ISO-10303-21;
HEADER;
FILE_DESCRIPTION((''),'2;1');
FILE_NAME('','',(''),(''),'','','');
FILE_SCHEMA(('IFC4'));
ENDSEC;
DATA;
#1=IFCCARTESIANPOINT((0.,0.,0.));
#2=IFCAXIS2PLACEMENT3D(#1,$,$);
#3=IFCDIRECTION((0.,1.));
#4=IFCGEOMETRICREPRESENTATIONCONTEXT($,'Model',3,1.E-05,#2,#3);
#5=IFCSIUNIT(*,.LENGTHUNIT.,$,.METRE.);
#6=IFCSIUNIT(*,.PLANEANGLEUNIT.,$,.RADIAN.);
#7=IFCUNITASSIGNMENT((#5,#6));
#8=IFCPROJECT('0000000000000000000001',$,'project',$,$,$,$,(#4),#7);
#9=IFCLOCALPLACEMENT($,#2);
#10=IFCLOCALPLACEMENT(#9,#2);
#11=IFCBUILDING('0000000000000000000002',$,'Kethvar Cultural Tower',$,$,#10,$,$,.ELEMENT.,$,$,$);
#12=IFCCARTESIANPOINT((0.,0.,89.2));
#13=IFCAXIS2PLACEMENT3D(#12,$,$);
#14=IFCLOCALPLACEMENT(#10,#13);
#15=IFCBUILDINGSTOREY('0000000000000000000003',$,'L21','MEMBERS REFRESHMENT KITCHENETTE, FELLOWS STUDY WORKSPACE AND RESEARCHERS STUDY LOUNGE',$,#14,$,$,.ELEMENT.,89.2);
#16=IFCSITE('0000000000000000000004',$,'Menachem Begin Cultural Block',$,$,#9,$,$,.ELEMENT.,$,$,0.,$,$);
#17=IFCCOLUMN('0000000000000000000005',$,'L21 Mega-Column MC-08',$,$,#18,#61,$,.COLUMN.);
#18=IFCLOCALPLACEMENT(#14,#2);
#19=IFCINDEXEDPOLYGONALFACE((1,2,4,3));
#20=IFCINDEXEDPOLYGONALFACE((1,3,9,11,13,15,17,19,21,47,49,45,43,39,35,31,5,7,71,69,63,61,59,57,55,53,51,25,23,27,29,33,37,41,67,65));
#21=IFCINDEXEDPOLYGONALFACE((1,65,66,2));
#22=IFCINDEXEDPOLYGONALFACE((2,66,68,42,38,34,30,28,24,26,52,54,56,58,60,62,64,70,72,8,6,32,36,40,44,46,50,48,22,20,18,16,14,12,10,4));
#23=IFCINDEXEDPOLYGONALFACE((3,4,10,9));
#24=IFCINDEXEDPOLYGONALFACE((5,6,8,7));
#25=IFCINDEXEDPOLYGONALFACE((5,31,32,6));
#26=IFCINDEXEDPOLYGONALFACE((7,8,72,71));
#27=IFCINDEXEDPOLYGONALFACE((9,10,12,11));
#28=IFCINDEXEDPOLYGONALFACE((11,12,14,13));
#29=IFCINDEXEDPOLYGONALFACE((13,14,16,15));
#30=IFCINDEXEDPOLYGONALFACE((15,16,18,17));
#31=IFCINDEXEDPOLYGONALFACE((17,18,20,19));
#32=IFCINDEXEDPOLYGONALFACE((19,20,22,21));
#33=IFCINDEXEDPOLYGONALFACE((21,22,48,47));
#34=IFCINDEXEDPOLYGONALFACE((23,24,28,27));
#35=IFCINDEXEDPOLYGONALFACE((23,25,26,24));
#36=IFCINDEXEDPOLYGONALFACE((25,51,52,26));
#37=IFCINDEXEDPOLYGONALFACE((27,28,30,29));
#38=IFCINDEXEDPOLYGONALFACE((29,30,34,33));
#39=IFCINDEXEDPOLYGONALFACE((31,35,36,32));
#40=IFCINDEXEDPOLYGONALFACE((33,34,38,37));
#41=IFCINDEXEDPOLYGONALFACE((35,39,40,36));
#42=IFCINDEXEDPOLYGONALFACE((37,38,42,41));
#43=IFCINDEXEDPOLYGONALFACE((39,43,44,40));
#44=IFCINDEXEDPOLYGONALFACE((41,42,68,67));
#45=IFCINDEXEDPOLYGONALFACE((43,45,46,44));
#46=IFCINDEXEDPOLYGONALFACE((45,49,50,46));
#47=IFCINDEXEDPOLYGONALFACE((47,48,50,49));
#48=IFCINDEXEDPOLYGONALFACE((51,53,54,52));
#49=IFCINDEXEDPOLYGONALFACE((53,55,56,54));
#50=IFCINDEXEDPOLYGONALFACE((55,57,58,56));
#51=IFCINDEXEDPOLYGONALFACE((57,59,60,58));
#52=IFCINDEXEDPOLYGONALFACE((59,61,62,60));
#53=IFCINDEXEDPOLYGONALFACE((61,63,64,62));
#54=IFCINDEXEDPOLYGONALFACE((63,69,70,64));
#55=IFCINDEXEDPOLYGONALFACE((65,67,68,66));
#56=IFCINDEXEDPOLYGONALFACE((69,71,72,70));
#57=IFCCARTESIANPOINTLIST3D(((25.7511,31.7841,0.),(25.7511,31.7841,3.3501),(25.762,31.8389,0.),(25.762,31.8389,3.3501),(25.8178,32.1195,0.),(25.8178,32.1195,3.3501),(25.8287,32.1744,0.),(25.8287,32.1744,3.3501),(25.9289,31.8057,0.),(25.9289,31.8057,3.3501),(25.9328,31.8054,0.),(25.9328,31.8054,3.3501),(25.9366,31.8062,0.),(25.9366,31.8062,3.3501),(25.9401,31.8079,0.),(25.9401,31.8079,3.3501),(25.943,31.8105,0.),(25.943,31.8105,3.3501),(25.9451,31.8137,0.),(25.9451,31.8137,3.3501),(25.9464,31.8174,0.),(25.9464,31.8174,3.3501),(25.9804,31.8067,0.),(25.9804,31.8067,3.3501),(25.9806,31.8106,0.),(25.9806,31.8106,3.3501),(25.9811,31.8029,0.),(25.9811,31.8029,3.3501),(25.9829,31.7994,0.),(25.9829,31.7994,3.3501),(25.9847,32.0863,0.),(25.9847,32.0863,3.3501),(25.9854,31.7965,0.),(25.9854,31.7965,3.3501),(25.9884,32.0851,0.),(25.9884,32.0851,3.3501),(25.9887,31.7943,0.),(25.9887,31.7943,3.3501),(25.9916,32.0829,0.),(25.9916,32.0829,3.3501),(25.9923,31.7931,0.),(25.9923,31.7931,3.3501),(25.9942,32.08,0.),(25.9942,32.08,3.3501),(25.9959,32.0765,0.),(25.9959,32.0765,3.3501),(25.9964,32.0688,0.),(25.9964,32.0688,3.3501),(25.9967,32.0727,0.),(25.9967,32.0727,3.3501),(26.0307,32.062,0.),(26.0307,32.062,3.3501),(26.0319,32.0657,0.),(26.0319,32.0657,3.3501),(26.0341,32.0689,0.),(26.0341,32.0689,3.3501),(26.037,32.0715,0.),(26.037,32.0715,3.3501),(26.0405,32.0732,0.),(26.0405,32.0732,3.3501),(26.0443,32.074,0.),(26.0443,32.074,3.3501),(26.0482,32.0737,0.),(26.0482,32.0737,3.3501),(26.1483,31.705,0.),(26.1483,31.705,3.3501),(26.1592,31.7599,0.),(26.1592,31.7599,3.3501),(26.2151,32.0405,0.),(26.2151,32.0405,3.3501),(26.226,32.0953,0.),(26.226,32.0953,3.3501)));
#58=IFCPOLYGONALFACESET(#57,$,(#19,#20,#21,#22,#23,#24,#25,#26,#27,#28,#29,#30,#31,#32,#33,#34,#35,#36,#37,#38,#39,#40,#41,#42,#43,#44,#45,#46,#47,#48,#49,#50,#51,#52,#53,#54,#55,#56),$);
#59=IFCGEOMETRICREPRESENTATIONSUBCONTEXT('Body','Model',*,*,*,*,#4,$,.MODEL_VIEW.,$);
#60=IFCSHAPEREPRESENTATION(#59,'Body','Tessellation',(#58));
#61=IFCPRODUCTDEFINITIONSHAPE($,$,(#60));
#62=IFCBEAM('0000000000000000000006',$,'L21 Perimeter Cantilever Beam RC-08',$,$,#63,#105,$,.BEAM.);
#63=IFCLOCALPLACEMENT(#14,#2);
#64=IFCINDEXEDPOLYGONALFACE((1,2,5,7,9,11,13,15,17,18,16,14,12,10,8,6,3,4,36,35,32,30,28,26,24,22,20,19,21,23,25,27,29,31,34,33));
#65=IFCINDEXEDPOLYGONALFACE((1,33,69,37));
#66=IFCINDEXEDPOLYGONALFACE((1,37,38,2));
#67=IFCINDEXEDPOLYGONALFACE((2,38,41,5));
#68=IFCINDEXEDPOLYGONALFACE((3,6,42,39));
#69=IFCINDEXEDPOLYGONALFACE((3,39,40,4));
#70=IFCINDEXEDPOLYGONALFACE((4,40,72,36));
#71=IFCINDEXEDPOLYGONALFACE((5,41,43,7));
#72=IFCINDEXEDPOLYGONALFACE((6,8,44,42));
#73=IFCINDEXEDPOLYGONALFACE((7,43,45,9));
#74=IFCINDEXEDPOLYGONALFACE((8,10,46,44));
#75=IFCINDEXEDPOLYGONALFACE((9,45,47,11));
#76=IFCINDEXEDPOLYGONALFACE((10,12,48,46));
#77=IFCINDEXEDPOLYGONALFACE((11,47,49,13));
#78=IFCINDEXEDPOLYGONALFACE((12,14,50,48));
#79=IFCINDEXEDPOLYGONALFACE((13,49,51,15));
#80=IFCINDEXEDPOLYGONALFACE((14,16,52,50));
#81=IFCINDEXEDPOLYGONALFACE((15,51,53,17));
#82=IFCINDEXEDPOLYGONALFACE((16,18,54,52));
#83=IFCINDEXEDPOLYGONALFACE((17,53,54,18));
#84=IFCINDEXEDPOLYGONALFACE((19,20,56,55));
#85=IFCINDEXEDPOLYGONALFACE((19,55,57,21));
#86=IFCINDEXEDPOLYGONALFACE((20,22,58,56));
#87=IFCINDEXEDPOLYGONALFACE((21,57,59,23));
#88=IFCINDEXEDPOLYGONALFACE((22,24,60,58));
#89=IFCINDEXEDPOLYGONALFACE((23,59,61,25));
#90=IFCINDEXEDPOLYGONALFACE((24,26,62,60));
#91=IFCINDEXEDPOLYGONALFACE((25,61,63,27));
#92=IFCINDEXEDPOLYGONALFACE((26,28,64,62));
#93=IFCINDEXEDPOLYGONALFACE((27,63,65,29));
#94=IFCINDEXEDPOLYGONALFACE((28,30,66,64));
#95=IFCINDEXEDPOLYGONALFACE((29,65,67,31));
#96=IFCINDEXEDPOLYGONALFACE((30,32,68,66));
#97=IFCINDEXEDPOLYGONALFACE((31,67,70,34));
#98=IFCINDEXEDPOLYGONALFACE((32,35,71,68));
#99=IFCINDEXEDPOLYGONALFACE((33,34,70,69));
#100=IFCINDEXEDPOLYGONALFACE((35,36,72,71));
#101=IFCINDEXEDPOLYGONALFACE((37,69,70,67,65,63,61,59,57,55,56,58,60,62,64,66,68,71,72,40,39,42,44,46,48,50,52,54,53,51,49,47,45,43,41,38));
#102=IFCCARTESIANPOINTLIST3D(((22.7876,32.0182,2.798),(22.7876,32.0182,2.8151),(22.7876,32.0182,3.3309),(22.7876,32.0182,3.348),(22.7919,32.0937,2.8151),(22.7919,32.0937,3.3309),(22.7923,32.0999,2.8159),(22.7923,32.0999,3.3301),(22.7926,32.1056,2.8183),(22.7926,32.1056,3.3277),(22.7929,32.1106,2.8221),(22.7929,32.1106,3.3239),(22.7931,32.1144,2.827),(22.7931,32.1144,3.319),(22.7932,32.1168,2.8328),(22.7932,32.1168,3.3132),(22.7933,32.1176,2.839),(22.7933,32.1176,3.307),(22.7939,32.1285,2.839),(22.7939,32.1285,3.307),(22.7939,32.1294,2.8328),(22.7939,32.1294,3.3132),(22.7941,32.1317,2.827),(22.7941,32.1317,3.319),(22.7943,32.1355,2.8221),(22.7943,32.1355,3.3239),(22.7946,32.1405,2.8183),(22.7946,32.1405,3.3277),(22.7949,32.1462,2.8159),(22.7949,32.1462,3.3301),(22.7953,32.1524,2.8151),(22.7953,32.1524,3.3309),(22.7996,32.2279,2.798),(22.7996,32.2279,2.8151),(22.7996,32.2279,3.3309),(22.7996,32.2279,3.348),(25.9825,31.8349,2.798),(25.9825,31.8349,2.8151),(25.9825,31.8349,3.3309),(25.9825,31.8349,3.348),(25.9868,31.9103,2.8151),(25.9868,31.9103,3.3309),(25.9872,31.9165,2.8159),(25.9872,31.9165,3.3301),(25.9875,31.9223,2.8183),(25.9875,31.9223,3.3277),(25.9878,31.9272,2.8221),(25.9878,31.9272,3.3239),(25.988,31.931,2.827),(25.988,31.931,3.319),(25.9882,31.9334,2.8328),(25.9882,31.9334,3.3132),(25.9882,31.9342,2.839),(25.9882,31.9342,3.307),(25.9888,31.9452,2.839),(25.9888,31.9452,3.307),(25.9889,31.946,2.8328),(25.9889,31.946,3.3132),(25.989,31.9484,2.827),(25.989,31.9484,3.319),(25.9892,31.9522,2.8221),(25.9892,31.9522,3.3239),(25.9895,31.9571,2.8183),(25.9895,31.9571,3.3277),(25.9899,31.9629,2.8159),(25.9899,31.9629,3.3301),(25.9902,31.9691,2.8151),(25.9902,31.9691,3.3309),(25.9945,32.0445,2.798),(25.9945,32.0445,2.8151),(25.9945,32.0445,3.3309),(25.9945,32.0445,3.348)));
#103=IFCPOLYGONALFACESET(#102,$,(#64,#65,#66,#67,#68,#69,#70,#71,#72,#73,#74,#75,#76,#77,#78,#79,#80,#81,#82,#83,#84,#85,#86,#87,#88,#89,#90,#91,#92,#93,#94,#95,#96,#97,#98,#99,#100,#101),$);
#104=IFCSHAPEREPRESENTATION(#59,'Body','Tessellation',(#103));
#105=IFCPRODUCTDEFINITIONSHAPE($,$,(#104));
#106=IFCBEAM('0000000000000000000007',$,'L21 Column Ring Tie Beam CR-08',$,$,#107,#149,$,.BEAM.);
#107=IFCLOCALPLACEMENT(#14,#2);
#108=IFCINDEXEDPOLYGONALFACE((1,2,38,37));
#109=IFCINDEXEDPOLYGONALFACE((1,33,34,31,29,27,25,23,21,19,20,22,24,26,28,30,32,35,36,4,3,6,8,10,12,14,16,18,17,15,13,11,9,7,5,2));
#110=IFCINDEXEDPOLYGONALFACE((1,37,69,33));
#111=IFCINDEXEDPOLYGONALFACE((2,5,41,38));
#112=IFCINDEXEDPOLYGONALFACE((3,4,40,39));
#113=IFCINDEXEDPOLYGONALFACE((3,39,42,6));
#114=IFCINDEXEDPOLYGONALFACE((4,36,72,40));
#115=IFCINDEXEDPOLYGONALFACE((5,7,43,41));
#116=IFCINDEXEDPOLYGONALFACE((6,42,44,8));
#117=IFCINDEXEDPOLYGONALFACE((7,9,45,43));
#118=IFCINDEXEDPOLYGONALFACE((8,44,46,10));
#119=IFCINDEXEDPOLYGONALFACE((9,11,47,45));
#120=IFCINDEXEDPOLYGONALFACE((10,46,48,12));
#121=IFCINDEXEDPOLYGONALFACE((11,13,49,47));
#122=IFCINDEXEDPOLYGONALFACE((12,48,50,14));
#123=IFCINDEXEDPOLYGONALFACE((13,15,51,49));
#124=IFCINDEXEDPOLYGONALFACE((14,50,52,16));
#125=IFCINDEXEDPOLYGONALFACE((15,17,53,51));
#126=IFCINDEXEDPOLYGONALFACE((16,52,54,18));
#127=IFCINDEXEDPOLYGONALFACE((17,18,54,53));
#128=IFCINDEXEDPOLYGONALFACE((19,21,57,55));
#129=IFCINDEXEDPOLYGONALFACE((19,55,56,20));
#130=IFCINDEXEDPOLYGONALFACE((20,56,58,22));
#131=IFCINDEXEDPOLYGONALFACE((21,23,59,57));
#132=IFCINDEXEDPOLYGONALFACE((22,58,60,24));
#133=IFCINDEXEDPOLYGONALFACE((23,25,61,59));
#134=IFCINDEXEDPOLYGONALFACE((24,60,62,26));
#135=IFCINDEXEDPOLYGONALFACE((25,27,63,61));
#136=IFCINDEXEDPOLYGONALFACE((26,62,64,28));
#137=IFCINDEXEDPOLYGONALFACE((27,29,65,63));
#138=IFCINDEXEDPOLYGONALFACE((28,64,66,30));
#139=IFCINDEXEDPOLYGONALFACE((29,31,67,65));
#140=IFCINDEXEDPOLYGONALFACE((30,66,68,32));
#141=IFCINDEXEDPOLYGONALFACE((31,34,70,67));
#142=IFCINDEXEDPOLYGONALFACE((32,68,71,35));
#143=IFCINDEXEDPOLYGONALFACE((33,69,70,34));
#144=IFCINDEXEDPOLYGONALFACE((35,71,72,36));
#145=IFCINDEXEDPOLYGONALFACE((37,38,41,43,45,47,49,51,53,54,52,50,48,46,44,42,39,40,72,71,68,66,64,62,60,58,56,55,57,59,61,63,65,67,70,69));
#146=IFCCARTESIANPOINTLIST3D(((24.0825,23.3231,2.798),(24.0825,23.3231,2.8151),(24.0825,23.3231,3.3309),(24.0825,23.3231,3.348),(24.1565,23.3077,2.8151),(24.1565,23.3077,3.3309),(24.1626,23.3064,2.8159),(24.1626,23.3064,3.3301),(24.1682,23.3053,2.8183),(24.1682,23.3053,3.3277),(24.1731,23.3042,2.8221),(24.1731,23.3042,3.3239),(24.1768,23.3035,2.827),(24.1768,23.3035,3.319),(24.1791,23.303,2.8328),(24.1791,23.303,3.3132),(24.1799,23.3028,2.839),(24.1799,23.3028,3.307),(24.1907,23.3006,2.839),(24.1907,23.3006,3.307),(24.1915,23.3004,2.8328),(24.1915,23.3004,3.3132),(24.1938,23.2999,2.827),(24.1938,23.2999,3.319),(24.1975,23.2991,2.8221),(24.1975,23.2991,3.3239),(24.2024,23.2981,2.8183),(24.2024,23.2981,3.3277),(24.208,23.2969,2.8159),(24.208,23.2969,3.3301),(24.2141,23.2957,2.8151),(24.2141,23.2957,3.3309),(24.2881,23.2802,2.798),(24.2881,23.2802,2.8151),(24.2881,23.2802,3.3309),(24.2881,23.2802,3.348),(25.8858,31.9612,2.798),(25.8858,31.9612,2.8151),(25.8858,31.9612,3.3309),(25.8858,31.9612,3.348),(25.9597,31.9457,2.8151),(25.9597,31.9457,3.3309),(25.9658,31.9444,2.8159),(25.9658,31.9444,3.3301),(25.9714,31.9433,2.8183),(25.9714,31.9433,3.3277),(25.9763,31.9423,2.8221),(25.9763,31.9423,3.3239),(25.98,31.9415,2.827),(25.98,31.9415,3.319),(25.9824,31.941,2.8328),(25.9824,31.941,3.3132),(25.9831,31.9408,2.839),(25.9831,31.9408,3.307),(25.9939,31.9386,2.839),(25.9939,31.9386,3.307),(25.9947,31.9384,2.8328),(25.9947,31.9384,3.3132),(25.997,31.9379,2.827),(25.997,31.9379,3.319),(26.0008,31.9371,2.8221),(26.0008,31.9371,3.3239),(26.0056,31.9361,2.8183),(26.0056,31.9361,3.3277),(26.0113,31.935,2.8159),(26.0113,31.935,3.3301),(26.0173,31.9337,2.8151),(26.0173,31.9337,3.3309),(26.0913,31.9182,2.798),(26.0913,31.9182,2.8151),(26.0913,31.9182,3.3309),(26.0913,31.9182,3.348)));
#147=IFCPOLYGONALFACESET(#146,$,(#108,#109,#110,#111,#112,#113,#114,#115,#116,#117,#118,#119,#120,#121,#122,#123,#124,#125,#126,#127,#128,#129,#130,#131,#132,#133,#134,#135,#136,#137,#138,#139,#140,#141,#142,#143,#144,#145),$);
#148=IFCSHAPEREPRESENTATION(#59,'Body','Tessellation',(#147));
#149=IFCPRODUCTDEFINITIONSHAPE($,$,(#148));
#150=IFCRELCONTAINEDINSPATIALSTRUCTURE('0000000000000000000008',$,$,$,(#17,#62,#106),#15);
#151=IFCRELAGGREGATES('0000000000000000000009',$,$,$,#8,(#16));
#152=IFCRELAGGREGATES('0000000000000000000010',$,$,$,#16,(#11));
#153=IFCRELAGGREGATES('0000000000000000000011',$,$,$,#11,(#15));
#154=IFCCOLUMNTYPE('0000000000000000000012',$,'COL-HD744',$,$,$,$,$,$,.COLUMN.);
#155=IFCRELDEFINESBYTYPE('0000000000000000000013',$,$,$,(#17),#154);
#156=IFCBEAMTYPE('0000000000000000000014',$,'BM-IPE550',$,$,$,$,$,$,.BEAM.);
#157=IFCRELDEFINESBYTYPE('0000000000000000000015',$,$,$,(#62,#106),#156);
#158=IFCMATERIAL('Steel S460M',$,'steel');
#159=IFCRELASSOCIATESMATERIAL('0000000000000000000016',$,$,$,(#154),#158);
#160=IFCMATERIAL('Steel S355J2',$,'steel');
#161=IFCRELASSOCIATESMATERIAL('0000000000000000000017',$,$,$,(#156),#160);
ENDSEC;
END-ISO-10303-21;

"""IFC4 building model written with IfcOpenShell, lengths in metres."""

from ifc_helpers import new_model, si_unit, direction, frame, origin, origin_2d, place, context, subcontext, project, spatial, i_section, extrude, source, transform, mapped, material, material_profile, profile_set, type_object, element, save


model = new_model("IFC4")

# Units and contexts
model_context = context("Model", 3, precision=1e-05, world=origin(), true_north=direction((0.0, 1.0)))
body_context = subcontext(model_context, "Body", "Model", "MODEL_VIEW")
ifc_project = project(units=[si_unit("LENGTHUNIT", "METRE"), si_unit("PLANEANGLEUNIT", "RADIAN")], contexts=[model_context])

# Site, building, storey
site_placement = place(None, origin())
site = spatial("IfcSite", under=ifc_project, at=site_placement, Name="Menachem Begin Cultural Block", CompositionType="ELEMENT", RefElevation=0.0)
building_placement = place(site_placement, origin())
building = spatial("IfcBuilding", under=site, at=building_placement, Name="Kethvar Cultural Tower", CompositionType="ELEMENT")
storey_placement = place(building_placement, frame((0.0, 0.0, 89.2)))
storey = spatial("IfcBuildingStorey", under=building, at=storey_placement, Name="L21", Description="MEMBERS REFRESHMENT KITCHENETTE, FELLOWS STUDY WORKSPACE AND RESEARCHERS STUDY LOUNGE", CompositionType="ELEMENT", Elevation=89.2)

# Column
ifc_material_1 = material(Name="Steel S460M", Category="steel")
ifc_material_profile_1 = material_profile(ifc_material_1, i_section(OverallWidth=0.405, OverallDepth=0.3979, WebThickness=0.0349, FlangeThickness=0.0559, FilletRadius=0.0149, at=origin_2d()), Name="Steel S460M — HD400x744")
ifc_profile_set_1 = profile_set([ifc_material_profile_1], Name="Steel S460M — HD400x744")
column_type = type_object("IfcColumnType", Name="COL-HD744", PredefinedType="COLUMN", material=ifc_profile_set_1)
shared_shape_1 = source(origin(), body_context, "Body", "SweptSolid", [
    extrude(i_section(OverallWidth=0.405, OverallDepth=0.3979, WebThickness=0.0349, FlangeThickness=0.0559, FilletRadius=0.0149, at=origin_2d()), origin(), (0.0, 0.0, 1.0), 3.3501),
])
column_placement = place(storey_placement, frame((25.9885, 31.9397, 0.0), z_axis=(0.0, 0.0, 1.0), x_axis=(-0.980785, 0.19509, 0.0)))
element("IfcColumn", 1, at=column_placement, inside=storey, type_object=column_type, Name="L21 Mega-Column MC-08", PredefinedType="COLUMN", context=body_context, shape_type="MappedRepresentation", body=[
    mapped(shared_shape_1, transform((0.0, 0.0, 0.0), scale=1.0)),
])

# Beams
ifc_material_2 = material(Name="Steel S355J2", Category="steel")
ifc_material_profile_2 = material_profile(ifc_material_2, i_section(OverallWidth=0.21, OverallDepth=0.55, WebThickness=0.011, FlangeThickness=0.0171, FilletRadius=0.0239, at=origin_2d()), Name="Steel S355J2 — IPE550")
ifc_profile_set_2 = profile_set([ifc_material_profile_2], Name="Steel S355J2 — IPE550")
beam_type_1 = type_object("IfcBeamType", Name="BM-IPE550", PredefinedType="BEAM", material=ifc_profile_set_2)
shared_shape_2 = source(origin(), body_context, "Body", "SweptSolid", [
    extrude(i_section(OverallWidth=0.21, OverallDepth=0.55, WebThickness=0.011, FlangeThickness=0.0171, FilletRadius=0.0239, at=origin_2d()), origin(), (0.0, 0.0, 1.0), 3.2002),
])
beam_1_placement = place(storey_placement, frame((25.9885, 31.9397, 3.073), z_axis=(-0.998357, 0.057295, 0.0), x_axis=(-0.057295, -0.998357, 0.0)))
element("IfcBeam", 2, at=beam_1_placement, inside=storey, type_object=beam_type_1, Name="L21 Perimeter Cantilever Beam RC-08", PredefinedType="BEAM", context=body_context, shape_type="MappedRepresentation", body=[
    mapped(shared_shape_2, transform((0.0, 0.0, 0.0), scale=1.0)),
])
shared_shape_3 = source(origin(), body_context, "Body", "SweptSolid", [
    extrude(i_section(OverallWidth=0.21, OverallDepth=0.55, WebThickness=0.011, FlangeThickness=0.0171, FilletRadius=0.0239, at=origin_2d()), origin(), (0.0, 0.0, 1.0), 8.8242),
])
beam_2_placement = place(storey_placement, frame((25.9885, 31.9397, 3.073), z_axis=(-0.204351, -0.978898, 0.0), x_axis=(0.978898, -0.204351, 0.0)))
element("IfcBeam", 3, at=beam_2_placement, inside=storey, type_object=beam_type_1, Name="L21 Column Ring Tie Beam CR-08", PredefinedType="BEAM", context=body_context, shape_type="MappedRepresentation", body=[
    mapped(shared_shape_3, transform((0.0, 0.0, 0.0), scale=1.0)),
])

save(model, "model.ifc")
